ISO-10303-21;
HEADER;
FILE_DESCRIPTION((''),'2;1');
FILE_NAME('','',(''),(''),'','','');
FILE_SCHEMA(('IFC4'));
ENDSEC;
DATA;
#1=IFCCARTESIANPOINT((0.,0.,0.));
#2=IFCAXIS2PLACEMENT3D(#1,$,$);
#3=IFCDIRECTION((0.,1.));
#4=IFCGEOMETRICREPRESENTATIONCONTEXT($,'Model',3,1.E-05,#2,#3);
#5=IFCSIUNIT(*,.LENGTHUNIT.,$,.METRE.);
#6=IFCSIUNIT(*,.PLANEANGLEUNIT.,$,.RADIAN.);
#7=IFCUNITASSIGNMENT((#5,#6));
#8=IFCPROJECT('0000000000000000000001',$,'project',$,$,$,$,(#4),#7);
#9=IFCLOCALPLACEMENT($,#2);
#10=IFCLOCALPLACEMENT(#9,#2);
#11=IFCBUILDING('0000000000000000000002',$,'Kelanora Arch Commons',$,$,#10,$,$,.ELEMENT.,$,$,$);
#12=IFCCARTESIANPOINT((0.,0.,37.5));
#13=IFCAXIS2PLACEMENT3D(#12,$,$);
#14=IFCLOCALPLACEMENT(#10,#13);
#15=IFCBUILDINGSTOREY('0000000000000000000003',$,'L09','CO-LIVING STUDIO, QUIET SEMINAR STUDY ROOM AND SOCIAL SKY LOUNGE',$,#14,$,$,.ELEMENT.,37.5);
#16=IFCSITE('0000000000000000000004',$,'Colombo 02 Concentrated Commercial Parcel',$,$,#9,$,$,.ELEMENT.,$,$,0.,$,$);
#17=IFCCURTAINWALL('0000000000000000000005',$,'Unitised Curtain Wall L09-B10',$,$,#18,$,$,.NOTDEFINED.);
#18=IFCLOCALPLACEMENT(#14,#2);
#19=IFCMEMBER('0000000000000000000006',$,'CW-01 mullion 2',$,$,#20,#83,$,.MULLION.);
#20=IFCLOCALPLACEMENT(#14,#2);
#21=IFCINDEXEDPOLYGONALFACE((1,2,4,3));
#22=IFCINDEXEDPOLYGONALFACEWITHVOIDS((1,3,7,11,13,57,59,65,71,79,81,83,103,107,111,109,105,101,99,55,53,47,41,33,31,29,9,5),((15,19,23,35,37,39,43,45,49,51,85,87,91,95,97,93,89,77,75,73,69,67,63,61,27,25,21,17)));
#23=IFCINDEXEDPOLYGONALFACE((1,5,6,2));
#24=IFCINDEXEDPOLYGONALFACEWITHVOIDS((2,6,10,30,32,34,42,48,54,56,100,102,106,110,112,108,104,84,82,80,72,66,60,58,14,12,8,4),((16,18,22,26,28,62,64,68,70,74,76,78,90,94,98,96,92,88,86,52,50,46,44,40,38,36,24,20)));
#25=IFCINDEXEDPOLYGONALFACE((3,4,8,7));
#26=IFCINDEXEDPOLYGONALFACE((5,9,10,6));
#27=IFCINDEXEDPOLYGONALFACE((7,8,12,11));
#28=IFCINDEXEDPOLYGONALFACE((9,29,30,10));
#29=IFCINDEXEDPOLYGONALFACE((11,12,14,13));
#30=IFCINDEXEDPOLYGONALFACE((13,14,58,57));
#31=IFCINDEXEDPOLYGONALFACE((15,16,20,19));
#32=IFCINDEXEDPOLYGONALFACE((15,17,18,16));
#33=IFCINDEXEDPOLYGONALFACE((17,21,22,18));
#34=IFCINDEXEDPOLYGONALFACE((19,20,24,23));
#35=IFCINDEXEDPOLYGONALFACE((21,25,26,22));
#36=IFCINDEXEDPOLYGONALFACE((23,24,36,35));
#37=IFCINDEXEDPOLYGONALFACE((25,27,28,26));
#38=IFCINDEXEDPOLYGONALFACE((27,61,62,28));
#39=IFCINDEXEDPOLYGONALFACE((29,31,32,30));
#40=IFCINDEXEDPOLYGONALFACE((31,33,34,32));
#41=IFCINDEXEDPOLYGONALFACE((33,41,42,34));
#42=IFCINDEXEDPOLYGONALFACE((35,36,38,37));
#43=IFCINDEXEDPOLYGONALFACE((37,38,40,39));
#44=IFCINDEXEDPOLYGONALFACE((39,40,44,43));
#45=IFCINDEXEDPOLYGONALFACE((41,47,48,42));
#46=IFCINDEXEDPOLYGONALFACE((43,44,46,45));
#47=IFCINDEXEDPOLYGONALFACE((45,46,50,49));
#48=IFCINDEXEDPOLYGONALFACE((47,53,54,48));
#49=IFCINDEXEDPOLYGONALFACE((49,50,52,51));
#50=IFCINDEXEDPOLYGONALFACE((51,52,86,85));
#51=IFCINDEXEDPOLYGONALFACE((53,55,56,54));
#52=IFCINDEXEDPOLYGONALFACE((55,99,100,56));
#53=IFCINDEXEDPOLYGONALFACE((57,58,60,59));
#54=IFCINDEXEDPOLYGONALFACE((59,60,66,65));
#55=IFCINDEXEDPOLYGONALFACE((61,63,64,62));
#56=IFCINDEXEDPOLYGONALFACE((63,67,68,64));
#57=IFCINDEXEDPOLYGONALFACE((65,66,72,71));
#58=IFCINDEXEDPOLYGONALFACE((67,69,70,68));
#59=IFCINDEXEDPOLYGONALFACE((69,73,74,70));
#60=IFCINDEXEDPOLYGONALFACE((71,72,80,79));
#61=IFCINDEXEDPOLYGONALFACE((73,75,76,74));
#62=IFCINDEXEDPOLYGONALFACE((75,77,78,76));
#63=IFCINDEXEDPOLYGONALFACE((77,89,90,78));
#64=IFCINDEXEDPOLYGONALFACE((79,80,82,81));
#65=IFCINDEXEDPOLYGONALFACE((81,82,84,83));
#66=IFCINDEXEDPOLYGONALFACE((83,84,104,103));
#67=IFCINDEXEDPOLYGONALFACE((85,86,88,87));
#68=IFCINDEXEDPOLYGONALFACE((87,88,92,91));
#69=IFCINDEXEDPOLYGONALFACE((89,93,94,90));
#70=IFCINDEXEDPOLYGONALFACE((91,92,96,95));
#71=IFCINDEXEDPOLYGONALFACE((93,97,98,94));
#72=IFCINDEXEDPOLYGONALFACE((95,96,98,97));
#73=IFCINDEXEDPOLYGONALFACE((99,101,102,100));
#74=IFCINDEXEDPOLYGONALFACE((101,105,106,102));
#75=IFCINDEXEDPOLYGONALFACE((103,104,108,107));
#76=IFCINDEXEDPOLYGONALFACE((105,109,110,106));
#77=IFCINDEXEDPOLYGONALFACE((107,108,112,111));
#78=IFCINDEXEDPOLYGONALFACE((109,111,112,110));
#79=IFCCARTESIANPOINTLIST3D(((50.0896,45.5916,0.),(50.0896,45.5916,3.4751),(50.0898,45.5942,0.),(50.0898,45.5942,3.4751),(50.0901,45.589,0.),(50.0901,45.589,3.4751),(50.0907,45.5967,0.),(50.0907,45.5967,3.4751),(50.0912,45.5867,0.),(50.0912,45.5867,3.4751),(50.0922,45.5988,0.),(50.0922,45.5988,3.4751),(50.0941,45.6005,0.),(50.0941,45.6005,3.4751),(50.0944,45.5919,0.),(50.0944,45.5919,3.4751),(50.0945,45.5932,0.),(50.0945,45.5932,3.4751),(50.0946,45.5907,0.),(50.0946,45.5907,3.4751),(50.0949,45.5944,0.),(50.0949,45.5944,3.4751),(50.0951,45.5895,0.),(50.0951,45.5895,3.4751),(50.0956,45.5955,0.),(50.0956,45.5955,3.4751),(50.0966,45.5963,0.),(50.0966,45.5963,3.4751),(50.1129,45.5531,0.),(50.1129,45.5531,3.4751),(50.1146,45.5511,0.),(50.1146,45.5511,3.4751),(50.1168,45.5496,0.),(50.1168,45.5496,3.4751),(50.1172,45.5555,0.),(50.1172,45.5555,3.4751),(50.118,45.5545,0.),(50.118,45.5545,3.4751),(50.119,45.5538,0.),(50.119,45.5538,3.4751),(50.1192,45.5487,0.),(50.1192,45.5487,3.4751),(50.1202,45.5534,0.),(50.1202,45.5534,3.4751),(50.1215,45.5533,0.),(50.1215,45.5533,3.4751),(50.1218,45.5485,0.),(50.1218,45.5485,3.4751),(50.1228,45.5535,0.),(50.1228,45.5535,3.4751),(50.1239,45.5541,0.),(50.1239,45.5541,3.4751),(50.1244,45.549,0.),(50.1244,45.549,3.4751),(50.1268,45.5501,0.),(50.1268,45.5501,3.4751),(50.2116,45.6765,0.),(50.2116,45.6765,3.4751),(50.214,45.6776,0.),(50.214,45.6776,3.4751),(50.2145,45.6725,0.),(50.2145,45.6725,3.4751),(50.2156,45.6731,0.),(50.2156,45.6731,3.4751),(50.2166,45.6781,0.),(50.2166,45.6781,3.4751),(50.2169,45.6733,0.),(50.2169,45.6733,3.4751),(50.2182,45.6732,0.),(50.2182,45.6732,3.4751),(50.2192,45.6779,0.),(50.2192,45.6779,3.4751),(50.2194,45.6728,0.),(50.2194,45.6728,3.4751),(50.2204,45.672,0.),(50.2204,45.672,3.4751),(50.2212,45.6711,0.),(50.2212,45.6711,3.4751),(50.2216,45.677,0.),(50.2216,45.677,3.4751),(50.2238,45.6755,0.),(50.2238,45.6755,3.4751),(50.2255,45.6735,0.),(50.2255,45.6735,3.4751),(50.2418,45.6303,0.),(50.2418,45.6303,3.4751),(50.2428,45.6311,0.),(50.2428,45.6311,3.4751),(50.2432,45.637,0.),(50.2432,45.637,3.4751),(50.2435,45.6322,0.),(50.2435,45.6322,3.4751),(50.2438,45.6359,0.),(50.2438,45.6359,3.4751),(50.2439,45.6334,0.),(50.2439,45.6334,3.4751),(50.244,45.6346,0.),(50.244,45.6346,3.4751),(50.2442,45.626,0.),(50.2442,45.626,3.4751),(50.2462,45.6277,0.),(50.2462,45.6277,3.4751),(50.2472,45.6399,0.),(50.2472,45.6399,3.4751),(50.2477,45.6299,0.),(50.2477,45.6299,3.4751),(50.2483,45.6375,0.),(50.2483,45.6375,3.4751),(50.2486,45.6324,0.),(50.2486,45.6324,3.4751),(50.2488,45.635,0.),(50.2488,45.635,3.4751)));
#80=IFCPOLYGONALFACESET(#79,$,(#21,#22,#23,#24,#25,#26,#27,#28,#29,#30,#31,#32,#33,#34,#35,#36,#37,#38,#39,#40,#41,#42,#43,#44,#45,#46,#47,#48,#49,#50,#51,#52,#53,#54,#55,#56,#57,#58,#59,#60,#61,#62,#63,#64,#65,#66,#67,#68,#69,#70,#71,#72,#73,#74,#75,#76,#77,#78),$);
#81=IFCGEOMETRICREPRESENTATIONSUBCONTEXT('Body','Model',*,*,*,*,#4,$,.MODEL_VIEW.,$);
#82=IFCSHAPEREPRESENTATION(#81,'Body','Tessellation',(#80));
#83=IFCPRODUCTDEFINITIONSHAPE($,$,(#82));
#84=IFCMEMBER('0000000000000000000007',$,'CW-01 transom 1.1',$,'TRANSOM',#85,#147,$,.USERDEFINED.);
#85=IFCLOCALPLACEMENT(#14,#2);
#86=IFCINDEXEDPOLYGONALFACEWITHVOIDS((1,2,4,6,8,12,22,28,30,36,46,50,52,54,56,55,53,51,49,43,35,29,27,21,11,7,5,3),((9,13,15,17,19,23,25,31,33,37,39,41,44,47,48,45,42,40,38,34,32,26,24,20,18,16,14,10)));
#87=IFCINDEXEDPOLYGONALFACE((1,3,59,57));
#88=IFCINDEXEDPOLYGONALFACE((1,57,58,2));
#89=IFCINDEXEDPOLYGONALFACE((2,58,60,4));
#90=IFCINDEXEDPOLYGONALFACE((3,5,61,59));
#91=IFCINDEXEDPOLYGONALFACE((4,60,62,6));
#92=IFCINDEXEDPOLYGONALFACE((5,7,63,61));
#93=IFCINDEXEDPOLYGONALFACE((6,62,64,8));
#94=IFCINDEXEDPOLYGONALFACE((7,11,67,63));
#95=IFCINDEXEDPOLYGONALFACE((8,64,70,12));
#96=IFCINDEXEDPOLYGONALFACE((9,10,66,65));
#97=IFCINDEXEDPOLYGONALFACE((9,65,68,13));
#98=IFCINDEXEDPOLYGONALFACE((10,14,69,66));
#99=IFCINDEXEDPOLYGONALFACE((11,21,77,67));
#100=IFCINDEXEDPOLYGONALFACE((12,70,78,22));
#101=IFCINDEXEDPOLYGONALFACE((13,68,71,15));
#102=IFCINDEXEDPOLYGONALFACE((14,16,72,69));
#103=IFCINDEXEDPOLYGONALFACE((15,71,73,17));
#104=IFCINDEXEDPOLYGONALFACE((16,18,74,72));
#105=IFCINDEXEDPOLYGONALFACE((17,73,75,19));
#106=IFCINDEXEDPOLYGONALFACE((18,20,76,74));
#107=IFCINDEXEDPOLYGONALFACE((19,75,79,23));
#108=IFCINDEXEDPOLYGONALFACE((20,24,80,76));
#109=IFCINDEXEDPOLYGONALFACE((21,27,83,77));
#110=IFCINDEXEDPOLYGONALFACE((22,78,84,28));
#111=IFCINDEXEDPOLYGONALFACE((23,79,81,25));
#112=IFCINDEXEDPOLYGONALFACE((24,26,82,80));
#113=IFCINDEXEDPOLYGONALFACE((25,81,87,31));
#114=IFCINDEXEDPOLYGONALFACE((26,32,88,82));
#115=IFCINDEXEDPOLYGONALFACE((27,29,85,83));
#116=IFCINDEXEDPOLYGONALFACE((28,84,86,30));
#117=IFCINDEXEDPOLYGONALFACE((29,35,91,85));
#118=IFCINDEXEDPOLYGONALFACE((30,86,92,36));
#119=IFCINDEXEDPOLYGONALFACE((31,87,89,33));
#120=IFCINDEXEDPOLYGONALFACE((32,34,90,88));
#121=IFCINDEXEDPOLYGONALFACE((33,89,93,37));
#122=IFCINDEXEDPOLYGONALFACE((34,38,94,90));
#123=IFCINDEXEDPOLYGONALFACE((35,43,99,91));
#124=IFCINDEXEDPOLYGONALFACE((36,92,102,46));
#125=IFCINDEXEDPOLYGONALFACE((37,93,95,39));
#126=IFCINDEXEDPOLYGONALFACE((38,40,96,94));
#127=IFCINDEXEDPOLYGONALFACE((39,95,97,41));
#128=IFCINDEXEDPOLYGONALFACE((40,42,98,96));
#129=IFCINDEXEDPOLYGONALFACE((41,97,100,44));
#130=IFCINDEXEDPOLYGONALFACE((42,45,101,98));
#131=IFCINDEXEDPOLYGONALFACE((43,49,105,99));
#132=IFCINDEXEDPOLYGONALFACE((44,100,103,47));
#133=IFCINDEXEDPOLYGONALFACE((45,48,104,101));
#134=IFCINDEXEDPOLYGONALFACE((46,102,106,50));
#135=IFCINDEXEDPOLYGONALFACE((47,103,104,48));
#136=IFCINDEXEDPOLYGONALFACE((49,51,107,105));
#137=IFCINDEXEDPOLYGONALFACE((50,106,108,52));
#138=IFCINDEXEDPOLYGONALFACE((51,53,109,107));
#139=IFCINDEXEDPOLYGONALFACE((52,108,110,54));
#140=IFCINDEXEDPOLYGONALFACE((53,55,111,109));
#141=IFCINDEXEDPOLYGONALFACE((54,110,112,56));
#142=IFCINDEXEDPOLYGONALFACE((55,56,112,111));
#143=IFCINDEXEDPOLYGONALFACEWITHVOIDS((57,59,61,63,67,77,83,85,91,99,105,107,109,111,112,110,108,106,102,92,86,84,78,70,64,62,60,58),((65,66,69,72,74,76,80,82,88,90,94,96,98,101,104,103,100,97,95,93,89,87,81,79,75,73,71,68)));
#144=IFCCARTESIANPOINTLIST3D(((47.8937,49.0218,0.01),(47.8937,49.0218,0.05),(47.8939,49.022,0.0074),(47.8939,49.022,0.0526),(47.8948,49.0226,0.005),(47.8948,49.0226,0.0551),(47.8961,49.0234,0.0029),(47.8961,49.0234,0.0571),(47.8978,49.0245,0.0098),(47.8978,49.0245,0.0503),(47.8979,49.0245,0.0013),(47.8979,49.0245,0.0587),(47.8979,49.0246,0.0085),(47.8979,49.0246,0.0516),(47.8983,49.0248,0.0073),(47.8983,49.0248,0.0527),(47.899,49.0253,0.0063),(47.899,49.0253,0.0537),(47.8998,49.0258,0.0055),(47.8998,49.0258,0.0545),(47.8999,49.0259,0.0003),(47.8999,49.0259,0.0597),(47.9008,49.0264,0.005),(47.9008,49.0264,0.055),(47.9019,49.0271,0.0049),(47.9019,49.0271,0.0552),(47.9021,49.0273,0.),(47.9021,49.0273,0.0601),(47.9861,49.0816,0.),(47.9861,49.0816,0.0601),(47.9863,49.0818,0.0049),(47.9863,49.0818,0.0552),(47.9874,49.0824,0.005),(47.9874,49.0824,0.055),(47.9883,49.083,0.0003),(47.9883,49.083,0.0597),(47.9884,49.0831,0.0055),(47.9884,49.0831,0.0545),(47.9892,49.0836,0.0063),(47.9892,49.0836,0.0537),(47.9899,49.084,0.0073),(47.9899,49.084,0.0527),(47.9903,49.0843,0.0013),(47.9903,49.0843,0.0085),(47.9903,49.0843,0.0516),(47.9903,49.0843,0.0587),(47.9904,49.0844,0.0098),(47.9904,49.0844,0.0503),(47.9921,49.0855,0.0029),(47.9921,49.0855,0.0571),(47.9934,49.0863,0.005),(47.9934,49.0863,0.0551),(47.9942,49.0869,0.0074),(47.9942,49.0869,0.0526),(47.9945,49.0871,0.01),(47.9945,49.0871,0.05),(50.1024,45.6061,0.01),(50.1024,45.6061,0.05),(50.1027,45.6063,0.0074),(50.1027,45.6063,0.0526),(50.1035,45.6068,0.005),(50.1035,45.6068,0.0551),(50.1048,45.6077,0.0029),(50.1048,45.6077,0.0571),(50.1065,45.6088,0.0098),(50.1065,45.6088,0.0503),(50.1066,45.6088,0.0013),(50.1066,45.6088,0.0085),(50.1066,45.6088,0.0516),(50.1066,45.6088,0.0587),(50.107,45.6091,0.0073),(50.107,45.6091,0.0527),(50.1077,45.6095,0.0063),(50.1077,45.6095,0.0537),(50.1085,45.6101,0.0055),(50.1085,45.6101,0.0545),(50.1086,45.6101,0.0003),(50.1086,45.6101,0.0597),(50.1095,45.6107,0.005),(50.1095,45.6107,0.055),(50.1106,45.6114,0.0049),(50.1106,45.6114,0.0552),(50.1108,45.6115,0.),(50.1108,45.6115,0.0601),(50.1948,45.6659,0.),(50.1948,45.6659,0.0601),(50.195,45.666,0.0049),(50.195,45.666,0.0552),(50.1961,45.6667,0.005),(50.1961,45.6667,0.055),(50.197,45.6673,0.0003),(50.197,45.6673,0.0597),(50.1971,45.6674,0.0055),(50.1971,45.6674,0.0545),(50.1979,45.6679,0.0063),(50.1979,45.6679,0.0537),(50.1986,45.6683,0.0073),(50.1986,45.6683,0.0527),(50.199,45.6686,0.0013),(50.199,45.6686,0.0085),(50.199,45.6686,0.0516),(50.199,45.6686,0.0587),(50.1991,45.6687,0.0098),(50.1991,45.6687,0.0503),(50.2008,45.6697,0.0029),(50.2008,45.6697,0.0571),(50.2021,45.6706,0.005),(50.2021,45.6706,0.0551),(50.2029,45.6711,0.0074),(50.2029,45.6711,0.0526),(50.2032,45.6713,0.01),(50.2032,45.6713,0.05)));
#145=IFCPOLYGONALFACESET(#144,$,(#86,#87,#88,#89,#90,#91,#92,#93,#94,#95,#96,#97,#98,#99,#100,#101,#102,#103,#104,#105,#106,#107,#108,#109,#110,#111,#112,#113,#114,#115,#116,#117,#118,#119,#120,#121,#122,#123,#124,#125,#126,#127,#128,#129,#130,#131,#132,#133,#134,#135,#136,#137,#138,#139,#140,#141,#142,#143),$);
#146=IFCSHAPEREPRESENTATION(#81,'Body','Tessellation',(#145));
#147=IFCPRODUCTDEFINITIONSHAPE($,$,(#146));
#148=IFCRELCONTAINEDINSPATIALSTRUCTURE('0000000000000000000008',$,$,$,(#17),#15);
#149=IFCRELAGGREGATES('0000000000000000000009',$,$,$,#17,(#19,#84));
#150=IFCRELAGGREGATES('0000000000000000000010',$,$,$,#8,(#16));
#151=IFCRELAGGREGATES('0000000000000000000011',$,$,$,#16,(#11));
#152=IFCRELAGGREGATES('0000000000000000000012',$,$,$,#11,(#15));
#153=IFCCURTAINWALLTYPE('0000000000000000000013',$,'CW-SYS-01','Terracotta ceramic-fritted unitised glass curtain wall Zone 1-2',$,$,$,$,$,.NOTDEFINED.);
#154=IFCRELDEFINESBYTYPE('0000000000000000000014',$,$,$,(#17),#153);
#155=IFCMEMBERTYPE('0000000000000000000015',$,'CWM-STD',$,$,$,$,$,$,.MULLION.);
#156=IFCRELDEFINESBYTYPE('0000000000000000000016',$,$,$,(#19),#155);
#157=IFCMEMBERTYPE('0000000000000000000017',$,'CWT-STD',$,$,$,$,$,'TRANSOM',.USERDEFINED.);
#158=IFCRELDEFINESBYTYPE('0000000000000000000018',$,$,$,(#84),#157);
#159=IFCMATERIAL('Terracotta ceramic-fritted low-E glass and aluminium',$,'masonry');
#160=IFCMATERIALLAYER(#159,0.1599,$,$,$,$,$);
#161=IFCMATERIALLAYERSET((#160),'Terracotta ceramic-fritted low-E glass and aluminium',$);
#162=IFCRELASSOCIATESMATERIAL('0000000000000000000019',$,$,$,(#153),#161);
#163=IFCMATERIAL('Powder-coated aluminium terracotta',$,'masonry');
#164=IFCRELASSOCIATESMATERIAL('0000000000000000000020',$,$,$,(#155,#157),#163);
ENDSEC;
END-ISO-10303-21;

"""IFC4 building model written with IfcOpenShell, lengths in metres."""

from ifc_helpers import new_model, si_unit, direction, frame, origin, origin_2d, place, context, subcontext, project, spatial, hollow_rectangle, extrude, material, layer, layer_set, material_profile, profile_set, type_object, element, aggregate, save


model = new_model("IFC4")

# Units and contexts
model_context = context("Model", 3, precision=1e-05, world=origin(), true_north=direction((0.0, 1.0)))
body_context = subcontext(model_context, "Body", "Model", "MODEL_VIEW")
ifc_project = project(units=[si_unit("LENGTHUNIT", "METRE"), si_unit("PLANEANGLEUNIT", "RADIAN")], contexts=[model_context])

# Site, building, storey
site_placement = place(None, origin())
site = spatial("IfcSite", under=ifc_project, at=site_placement, Name="Colombo 02 Concentrated Commercial Parcel", CompositionType="ELEMENT", RefElevation=0.0)
building_placement = place(site_placement, origin())
building = spatial("IfcBuilding", under=site, at=building_placement, Name="Kelanora Arch Commons", CompositionType="ELEMENT")
storey_placement = place(building_placement, frame((0.0, 0.0, 37.5)))
storey = spatial("IfcBuildingStorey", under=building, at=storey_placement, Name="L09", Description="CO-LIVING STUDIO, QUIET SEMINAR STUDY ROOM AND SOCIAL SKY LOUNGE", CompositionType="ELEMENT", Elevation=37.5)

# Curtain wall, members
ifc_material_1 = material(Name="Terracotta ceramic-fritted low-E glass and aluminium", Category="masonry")
ifc_layer_1 = layer(ifc_material_1, 0.1599)
ifc_layer_set_1 = layer_set([ifc_layer_1], Name="Terracotta ceramic-fritted low-E glass and aluminium")
curtain_wall_type = type_object("IfcCurtainWallType", Name="CW-SYS-01", Description="Terracotta ceramic-fritted unitised glass curtain wall Zone 1-2", PredefinedType="NOTDEFINED", material=ifc_layer_set_1)
curtain_wall_placement = place(storey_placement, origin())
curtain_wall = element("IfcCurtainWall", 1, at=curtain_wall_placement, inside=storey, type_object=curtain_wall_type, Name="Unitised Curtain Wall L09-B10", PredefinedType="NOTDEFINED")
ifc_material_2 = material(Name="Powder-coated aluminium terracotta", Category="masonry")
ifc_material_profile_1 = material_profile(ifc_material_2, hollow_rectangle(XDim=0.1599, YDim=0.0601, WallThickness=0.0049, InnerFilletRadius=0.0049, OuterFilletRadius=0.01, at=origin_2d()), Name="CWM160x60")
ifc_profile_set_1 = profile_set([ifc_material_profile_1], Name="Powder-coated aluminium terracotta")
member_type_1 = type_object("IfcMemberType", Name="CWM-STD", PredefinedType="MULLION", material=ifc_profile_set_1)
member_1_placement = place(storey_placement, frame((50.1692, 45.6133, 0.0), z_axis=(0.0, 0.0, 1.0), x_axis=(0.83973, 0.543004, 0.0)))
member_1 = element("IfcMember", 2, at=member_1_placement, type_object=member_type_1, Name="CW-01 mullion 2", PredefinedType="MULLION", context=body_context, shape_type="SweptSolid", body=[
    extrude(hollow_rectangle(XDim=0.1599, YDim=0.0601, WallThickness=0.0049, InnerFilletRadius=0.0049, OuterFilletRadius=0.01, at=origin_2d()), origin(), (0.0, 0.0, 1.0), 3.4751),
])
ifc_material_profile_2 = material_profile(ifc_material_2, hollow_rectangle(XDim=0.1201, YDim=0.0601, WallThickness=0.0049, InnerFilletRadius=0.0049, OuterFilletRadius=0.01, at=origin_2d()), Name="CWT120x60")
ifc_profile_set_2 = profile_set([ifc_material_profile_2], Name="Powder-coated aluminium terracotta")
member_type_2 = type_object("IfcMemberType", Name="CWT-STD", ElementType="TRANSOM", PredefinedType="USERDEFINED", material=ifc_profile_set_2)
member_2_placement = place(storey_placement, frame((47.9441, 49.0544, 0.03), z_axis=(0.542997, -0.839734, 0.0), x_axis=(0.839734, 0.542997, 0.0)))
member_2 = element("IfcMember", 3, at=member_2_placement, type_object=member_type_2, Name="CW-01 transom 1.1", ObjectType="TRANSOM", PredefinedType="USERDEFINED", context=body_context, shape_type="SweptSolid", body=[
    extrude(hollow_rectangle(XDim=0.1201, YDim=0.0601, WallThickness=0.0049, InnerFilletRadius=0.0049, OuterFilletRadius=0.01, at=origin_2d()), origin(), (0.0, 0.0, 1.0), 4.0676),
])

aggregate(curtain_wall, [member_1, member_2])

save(model, "model.ifc")
